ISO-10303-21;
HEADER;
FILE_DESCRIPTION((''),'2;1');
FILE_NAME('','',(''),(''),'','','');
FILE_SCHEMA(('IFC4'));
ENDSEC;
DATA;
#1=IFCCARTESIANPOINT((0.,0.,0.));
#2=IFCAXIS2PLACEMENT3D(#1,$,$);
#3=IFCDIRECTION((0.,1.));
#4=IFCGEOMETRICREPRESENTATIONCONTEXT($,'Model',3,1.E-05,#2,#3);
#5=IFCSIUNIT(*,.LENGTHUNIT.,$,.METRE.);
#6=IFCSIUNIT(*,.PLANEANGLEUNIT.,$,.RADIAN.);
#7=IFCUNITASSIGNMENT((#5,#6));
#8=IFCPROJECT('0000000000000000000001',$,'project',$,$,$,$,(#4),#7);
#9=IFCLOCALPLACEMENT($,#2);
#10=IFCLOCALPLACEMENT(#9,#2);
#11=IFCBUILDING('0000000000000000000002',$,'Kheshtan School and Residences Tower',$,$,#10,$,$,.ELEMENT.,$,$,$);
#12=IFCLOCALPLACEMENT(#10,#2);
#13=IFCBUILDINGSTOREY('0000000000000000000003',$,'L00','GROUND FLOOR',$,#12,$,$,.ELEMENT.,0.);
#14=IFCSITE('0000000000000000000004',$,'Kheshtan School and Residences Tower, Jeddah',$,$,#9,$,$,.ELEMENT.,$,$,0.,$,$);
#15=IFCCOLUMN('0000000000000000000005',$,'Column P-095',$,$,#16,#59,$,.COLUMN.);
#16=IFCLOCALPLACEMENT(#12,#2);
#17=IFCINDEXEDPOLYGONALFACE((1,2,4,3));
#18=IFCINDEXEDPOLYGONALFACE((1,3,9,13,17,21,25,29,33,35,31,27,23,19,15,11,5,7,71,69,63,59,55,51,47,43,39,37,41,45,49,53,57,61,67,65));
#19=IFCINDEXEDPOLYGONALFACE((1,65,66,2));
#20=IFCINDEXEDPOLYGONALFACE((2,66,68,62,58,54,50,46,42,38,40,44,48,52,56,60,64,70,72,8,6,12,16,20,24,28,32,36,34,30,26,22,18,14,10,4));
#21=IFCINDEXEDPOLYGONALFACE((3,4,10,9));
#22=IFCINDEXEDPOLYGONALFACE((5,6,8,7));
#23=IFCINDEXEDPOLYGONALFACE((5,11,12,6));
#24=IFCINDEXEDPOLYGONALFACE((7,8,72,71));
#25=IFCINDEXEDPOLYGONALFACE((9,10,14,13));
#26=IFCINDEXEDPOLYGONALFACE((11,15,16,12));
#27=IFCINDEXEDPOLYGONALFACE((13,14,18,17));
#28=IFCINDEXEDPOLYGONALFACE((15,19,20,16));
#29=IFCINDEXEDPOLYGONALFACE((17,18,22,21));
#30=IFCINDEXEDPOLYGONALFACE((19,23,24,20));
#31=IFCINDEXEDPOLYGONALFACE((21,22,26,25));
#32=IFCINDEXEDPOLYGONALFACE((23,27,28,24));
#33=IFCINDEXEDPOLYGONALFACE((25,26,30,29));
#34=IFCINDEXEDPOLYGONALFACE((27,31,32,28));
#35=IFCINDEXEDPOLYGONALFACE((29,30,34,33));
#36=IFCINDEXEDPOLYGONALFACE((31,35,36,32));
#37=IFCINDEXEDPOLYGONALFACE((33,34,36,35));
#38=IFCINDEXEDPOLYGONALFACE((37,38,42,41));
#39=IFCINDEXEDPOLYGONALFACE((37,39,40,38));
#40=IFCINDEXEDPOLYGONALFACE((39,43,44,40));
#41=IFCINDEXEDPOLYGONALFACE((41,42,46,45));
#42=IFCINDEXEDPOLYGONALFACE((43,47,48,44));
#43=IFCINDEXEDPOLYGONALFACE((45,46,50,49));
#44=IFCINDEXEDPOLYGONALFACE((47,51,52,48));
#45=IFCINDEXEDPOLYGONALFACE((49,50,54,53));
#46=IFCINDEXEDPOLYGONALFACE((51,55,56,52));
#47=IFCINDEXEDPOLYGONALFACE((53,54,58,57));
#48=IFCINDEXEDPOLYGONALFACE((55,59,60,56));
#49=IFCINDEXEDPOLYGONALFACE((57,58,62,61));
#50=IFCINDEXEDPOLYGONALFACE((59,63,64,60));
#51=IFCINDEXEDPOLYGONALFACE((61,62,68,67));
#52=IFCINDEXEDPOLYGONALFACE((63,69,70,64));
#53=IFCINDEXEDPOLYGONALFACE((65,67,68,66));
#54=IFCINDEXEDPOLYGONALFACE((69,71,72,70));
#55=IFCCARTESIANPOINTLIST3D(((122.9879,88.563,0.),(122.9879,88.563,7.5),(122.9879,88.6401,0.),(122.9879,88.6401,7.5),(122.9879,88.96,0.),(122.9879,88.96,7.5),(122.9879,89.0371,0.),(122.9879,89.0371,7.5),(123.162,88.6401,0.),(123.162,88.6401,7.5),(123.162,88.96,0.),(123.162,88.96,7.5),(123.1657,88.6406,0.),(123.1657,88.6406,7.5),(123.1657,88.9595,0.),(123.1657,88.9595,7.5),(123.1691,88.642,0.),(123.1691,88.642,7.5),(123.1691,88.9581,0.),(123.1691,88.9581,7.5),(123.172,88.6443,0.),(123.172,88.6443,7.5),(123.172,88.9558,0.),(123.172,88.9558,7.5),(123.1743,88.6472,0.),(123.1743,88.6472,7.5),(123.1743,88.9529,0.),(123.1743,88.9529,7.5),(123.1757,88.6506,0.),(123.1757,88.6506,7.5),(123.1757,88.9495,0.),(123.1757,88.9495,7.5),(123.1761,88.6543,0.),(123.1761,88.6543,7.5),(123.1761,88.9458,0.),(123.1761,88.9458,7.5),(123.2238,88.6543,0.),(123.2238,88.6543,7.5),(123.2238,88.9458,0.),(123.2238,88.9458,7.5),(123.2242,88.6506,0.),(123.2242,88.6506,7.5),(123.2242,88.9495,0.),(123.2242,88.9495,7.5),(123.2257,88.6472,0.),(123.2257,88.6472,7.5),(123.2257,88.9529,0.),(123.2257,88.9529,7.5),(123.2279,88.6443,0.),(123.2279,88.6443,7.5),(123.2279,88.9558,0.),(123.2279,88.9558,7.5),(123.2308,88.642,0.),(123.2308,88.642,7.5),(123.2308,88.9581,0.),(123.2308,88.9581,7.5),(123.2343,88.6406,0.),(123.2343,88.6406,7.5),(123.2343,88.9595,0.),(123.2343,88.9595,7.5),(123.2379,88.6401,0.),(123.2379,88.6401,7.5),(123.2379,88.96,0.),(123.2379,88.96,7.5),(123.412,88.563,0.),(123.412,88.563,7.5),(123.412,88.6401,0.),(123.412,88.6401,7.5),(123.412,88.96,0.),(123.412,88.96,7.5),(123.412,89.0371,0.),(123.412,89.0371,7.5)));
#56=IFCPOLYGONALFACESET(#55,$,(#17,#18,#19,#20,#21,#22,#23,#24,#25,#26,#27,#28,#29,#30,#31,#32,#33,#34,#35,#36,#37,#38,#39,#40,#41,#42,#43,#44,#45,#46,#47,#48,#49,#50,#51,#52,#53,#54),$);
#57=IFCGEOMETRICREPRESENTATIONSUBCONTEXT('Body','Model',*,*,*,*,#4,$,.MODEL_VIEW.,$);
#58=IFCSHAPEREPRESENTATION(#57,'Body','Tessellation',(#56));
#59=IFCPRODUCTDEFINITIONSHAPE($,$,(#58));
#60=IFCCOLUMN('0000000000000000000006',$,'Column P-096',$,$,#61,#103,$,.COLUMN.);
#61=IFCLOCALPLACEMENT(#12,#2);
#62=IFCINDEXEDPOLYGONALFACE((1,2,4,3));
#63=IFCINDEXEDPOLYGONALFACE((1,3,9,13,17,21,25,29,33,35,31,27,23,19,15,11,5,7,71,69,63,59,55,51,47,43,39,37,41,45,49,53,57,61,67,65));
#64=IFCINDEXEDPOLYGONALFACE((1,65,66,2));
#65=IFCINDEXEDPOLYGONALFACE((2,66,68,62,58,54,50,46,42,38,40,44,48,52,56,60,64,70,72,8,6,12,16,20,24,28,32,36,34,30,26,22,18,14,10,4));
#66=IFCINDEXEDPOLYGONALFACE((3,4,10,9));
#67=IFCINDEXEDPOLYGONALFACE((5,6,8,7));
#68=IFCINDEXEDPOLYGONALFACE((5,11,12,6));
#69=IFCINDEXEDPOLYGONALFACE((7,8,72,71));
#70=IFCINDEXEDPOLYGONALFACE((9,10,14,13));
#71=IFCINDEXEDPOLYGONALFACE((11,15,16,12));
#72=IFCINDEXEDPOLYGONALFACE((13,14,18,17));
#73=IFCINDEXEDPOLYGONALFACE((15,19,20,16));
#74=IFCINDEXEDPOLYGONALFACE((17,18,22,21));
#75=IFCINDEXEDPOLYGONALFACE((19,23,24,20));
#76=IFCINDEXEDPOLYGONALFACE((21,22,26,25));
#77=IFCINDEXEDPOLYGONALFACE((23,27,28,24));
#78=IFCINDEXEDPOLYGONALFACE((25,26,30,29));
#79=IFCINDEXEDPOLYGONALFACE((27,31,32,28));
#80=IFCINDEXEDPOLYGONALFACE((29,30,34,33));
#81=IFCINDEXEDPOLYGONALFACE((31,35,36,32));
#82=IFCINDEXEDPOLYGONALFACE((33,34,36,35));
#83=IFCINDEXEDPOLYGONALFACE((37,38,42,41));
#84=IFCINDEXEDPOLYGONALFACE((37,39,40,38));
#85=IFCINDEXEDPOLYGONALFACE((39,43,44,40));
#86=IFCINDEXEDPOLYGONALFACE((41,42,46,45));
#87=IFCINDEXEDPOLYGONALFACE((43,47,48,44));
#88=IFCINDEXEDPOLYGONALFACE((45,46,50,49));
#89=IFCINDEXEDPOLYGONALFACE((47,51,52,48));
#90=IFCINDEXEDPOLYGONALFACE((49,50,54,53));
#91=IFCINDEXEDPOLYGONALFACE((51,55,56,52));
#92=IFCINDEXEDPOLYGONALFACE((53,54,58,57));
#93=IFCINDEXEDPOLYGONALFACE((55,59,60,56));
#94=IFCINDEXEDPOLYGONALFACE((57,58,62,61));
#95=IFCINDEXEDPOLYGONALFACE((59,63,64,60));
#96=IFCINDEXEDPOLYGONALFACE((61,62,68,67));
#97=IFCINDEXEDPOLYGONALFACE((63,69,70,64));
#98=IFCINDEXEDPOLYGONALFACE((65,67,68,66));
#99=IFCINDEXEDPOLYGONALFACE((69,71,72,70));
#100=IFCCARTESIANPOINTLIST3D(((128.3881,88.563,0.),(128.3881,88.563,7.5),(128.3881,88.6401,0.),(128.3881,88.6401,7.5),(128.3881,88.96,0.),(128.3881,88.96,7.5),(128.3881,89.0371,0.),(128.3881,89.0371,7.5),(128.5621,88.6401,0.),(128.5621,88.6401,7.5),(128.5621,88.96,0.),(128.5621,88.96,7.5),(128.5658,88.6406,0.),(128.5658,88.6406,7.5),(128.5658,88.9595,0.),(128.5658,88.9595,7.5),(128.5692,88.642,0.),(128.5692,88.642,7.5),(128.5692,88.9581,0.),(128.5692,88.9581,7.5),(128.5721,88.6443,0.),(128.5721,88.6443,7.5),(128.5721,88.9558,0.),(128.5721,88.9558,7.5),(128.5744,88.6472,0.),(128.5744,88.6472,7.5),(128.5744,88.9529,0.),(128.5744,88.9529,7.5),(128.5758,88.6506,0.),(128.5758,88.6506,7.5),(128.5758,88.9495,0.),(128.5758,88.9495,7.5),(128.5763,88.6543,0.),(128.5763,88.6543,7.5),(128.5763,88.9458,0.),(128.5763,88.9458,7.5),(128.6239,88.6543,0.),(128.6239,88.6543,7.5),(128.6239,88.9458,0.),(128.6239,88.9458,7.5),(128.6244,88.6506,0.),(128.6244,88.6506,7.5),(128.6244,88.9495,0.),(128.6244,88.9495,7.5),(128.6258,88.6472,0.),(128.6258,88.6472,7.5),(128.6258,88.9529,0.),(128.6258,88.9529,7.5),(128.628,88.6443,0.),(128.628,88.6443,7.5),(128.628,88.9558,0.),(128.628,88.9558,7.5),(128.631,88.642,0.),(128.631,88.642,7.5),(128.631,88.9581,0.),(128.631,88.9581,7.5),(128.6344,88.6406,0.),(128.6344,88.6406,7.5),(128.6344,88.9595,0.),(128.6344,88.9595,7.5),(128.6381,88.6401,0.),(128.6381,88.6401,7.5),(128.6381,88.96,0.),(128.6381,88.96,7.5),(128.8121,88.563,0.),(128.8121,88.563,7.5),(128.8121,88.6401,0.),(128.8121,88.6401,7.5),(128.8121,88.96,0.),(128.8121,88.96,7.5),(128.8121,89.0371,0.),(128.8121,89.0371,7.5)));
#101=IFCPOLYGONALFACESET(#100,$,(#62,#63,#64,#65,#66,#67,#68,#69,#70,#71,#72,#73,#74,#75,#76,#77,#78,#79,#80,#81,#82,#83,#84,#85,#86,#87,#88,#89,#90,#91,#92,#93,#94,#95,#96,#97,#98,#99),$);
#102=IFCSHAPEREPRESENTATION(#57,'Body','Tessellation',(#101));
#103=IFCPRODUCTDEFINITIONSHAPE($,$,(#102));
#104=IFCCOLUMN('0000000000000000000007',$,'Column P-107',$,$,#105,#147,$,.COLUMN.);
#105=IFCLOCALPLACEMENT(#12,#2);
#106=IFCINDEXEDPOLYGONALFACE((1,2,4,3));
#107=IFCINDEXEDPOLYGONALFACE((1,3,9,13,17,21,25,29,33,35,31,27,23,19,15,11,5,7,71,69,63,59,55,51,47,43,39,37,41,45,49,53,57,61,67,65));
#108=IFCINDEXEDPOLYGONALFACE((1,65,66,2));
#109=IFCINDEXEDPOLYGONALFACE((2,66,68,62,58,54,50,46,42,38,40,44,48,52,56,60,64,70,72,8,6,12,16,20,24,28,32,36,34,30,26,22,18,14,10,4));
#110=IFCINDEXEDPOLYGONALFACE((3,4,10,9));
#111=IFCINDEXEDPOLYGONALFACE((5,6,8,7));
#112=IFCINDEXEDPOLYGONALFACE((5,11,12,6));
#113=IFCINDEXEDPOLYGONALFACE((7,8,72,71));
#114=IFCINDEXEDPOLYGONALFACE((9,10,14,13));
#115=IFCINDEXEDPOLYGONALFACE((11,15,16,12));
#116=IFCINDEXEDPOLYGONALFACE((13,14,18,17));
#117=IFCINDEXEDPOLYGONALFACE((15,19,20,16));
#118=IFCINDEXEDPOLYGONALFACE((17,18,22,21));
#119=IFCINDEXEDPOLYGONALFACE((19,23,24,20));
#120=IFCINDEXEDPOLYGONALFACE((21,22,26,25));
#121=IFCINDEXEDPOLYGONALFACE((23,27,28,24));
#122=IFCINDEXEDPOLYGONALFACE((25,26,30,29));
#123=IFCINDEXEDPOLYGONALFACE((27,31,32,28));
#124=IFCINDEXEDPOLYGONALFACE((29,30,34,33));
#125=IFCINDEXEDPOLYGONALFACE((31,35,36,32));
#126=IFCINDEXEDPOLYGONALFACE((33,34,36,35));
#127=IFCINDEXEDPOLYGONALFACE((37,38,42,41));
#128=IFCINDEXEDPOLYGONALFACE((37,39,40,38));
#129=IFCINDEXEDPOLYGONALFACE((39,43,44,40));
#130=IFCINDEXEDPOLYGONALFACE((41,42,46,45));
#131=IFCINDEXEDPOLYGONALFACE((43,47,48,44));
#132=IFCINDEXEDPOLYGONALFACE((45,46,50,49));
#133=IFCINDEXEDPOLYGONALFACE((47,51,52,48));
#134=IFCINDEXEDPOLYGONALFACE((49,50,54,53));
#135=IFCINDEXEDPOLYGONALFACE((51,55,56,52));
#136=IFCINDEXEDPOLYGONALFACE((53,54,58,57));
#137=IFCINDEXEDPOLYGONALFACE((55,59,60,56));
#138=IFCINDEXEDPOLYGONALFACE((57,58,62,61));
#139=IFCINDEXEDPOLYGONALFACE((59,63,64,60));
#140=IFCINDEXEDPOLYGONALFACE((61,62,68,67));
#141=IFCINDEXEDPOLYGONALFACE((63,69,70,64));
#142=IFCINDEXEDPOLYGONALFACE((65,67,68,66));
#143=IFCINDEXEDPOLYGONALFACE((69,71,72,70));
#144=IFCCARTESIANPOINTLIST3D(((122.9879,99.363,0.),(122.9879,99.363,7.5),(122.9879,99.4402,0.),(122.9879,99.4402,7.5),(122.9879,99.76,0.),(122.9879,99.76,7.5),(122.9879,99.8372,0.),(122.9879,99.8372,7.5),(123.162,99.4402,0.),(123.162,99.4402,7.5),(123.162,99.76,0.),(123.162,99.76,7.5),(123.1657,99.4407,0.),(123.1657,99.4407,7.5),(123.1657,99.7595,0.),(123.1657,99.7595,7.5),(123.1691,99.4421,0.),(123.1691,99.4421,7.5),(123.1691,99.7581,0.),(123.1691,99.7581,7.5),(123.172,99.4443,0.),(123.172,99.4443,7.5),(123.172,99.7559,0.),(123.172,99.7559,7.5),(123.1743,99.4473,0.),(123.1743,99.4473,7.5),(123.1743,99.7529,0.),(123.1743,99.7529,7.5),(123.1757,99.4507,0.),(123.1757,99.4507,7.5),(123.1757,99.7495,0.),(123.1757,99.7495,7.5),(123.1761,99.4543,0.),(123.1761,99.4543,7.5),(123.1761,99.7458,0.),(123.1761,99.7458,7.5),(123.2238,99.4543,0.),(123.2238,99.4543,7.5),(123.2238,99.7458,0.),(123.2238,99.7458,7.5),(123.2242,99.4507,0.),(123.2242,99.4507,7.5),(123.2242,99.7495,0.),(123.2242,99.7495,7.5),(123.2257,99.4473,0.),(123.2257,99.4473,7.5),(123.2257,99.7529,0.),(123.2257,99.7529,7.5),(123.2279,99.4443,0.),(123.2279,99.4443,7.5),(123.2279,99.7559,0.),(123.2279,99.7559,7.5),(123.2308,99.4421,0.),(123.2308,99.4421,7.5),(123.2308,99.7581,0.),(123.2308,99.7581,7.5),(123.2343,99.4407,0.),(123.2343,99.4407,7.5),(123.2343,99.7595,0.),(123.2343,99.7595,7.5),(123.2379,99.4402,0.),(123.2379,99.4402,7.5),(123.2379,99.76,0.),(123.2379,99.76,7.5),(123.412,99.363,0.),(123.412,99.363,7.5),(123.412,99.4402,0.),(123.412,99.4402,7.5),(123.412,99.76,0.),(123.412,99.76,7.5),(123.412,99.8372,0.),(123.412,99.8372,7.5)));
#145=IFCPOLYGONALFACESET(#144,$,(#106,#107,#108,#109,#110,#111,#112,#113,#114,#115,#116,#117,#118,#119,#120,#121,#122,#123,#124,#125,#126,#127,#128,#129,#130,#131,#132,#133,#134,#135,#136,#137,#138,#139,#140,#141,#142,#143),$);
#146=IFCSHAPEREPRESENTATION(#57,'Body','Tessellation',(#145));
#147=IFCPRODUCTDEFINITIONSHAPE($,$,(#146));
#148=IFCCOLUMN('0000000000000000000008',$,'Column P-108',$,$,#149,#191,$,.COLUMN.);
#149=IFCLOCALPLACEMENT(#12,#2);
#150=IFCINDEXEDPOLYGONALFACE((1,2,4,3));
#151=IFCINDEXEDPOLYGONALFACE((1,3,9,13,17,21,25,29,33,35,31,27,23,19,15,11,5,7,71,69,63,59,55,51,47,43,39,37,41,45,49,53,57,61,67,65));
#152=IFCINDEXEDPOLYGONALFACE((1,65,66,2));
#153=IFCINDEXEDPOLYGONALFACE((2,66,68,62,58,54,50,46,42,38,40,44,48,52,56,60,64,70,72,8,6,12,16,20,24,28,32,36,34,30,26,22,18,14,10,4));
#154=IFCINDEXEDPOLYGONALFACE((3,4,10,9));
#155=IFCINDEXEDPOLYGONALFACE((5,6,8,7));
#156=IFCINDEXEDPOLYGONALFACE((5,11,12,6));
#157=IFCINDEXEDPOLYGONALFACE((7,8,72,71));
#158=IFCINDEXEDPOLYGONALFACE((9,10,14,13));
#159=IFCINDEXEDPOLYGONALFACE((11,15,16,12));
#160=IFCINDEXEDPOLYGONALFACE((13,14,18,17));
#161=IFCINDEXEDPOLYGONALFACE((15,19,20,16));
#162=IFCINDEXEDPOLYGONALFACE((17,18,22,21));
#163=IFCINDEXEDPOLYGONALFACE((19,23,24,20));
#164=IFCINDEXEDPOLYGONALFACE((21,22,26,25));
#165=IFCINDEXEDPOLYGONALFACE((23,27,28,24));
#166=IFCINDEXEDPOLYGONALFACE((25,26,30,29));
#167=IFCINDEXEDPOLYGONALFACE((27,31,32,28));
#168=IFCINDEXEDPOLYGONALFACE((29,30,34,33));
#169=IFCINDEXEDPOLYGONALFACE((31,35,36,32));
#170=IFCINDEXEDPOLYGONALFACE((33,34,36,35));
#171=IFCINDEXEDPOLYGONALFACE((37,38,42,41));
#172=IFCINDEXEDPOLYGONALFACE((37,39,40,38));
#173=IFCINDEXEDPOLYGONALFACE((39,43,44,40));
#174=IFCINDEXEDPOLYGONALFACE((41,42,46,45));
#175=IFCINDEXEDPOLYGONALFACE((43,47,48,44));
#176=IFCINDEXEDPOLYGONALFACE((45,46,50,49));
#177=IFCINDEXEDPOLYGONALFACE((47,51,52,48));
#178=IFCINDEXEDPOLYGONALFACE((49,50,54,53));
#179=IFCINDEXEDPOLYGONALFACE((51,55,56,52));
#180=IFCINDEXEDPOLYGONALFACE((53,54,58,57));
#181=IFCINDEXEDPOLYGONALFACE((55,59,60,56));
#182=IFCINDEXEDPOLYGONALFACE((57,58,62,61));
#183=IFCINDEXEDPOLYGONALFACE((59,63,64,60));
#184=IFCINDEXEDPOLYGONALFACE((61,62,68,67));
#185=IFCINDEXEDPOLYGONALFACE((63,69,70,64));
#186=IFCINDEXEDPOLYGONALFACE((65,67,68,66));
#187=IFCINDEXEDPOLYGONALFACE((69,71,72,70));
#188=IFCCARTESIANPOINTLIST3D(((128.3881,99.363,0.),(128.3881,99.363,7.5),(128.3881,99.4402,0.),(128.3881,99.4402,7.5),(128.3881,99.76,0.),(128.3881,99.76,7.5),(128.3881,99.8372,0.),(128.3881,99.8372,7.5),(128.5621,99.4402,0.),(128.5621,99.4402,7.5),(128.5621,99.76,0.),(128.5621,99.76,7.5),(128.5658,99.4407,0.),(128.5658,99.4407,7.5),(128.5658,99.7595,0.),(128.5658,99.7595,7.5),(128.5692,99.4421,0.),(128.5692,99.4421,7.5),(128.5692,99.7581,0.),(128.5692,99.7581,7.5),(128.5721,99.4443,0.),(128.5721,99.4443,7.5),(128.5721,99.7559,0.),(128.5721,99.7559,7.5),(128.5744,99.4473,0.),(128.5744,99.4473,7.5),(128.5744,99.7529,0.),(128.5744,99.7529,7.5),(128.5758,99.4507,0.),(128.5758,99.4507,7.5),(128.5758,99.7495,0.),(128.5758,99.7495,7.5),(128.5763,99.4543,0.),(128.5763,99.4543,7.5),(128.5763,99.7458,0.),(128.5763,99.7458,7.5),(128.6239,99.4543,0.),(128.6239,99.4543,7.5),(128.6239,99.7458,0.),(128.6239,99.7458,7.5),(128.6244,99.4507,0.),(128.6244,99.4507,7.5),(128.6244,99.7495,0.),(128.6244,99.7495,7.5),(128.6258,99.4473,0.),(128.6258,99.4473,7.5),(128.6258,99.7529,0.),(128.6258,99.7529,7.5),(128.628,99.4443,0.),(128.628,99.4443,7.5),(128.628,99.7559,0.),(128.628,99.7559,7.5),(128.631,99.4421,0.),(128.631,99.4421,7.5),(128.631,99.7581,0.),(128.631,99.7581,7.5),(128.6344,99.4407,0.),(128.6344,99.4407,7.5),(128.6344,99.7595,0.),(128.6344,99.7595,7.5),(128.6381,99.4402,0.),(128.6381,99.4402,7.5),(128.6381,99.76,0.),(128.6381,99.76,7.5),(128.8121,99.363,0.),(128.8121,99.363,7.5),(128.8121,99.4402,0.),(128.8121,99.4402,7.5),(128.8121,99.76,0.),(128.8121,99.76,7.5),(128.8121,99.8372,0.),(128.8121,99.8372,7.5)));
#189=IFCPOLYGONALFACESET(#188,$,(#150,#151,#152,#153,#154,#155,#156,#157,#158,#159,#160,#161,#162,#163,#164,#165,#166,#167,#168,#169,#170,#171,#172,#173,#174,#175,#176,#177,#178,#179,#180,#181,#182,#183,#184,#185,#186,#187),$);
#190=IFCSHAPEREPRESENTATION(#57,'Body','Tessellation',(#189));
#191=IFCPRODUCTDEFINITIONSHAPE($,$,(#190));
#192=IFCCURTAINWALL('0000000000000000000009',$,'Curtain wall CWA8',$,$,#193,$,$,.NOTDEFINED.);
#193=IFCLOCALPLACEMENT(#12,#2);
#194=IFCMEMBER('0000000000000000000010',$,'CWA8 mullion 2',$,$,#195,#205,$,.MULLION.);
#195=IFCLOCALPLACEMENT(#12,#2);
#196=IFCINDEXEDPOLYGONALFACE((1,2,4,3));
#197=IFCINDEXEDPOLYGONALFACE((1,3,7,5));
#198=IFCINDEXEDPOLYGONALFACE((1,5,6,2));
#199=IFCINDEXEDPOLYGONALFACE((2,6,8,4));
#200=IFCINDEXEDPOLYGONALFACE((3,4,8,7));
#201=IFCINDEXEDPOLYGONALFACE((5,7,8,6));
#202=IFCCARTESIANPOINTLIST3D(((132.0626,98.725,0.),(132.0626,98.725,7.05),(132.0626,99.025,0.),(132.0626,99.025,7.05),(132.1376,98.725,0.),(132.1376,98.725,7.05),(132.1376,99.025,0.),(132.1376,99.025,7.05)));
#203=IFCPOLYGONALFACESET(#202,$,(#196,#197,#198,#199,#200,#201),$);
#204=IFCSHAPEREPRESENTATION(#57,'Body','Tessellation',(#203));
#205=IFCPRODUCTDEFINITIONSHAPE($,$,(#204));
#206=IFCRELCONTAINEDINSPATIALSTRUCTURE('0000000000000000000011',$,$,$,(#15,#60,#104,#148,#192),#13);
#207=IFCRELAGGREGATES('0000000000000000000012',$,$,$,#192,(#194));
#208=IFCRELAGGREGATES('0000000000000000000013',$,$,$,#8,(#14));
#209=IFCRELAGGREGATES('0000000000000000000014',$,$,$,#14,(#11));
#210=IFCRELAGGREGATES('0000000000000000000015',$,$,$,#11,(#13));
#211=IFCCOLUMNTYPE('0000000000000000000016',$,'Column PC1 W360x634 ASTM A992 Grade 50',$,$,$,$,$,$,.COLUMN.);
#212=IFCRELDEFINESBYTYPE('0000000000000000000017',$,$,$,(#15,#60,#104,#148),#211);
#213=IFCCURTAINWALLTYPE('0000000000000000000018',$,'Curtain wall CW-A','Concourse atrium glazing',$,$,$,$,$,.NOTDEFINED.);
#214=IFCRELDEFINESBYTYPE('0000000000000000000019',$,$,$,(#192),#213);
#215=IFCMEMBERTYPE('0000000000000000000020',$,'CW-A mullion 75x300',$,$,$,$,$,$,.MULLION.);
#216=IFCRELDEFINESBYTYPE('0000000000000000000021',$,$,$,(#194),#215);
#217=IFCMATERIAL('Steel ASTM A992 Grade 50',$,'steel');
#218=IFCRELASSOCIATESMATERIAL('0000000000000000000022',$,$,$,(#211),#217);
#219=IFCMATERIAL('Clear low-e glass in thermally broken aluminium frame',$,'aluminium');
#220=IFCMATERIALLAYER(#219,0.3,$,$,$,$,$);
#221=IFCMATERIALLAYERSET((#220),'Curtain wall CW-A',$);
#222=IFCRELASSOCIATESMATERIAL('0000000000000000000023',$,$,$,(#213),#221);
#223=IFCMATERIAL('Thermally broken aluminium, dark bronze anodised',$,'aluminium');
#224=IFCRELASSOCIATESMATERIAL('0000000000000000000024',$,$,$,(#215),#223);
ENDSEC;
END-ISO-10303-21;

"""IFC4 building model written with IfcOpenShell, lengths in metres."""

from ifc_helpers import new_model, si_unit, direction, frame, origin, origin_2d, place, context, subcontext, project, spatial, rectangle, i_section, extrude, material, layer, layer_set, material_profile, profile_set, type_object, element, aggregate, save


model = new_model("IFC4")

# Units and contexts
model_context = context("Model", 3, precision=1e-05, world=origin(), true_north=direction((0.0, 1.0)))
body_context = subcontext(model_context, "Body", "Model", "MODEL_VIEW")
ifc_project = project(units=[si_unit("LENGTHUNIT", "METRE"), si_unit("PLANEANGLEUNIT", "RADIAN")], contexts=[model_context])

# Site, building, storey
site_placement = place(None, origin())
site = spatial("IfcSite", under=ifc_project, at=site_placement, Name="Kheshtan School and Residences Tower, Jeddah", CompositionType="ELEMENT", RefElevation=0.0)
building_placement = place(site_placement, origin())
building = spatial("IfcBuilding", under=site, at=building_placement, Name="Kheshtan School and Residences Tower", CompositionType="ELEMENT")
storey_placement = place(building_placement, origin())
storey = spatial("IfcBuildingStorey", under=building, at=storey_placement, Name="L00", Description="GROUND FLOOR", CompositionType="ELEMENT", Elevation=0.0)

# Columns
ifc_material_1 = material(Name="Steel ASTM A992 Grade 50", Category="steel")
ifc_material_profile_1 = material_profile(ifc_material_1, i_section(OverallWidth=0.4241, OverallDepth=0.4741, WebThickness=0.0476, FlangeThickness=0.0771, FilletRadius=0.0142, at=origin_2d()), Name="W360x634")
ifc_profile_set_1 = profile_set([ifc_material_profile_1], Name="Steel ASTM A992 Grade 50")
column_type = type_object("IfcColumnType", Name="Column PC1 W360x634 ASTM A992 Grade 50", PredefinedType="COLUMN", material=ifc_profile_set_1)
for number, where, z_axis, x_axis, name in (
    (1, (123.2, 88.8, 0.0), (0.0, 0.0, 1.0), (1.0, 0.0, 0.0), "Column P-095"),
    (2, (128.6001, 88.8, 0.0), (0.0, 0.0, 1.0), (1.0, 0.0, 0.0), "Column P-096"),
    (3, (123.2, 99.6001, 0.0), (0.0, 0.0, 1.0), (1.0, 0.0, 0.0), "Column P-107"),
    (4, (128.6001, 99.6001, 0.0), (0.0, 0.0, 1.0), (1.0, 0.0, 0.0), "Column P-108"),
):
    element("IfcColumn", number, at=place(storey_placement, frame(where, z_axis=z_axis, x_axis=x_axis)), inside=storey, type_object=column_type, Name=name, PredefinedType="COLUMN", context=body_context, shape_type="SweptSolid", body=[
        extrude(i_section(OverallWidth=0.4241, OverallDepth=0.4741, WebThickness=0.0476, FlangeThickness=0.0771, FilletRadius=0.0142, at=origin_2d()), origin(), (0.0, 0.0, 1.0), 7.5),
    ])

# Curtain wall, member
ifc_material_2 = material(Name="Clear low-e glass in thermally broken aluminium frame", Category="aluminium")
ifc_layer_1 = layer(ifc_material_2, 0.3)
ifc_layer_set_1 = layer_set([ifc_layer_1], Name="Curtain wall CW-A")
curtain_wall_type = type_object("IfcCurtainWallType", Name="Curtain wall CW-A", Description="Concourse atrium glazing", PredefinedType="NOTDEFINED", material=ifc_layer_set_1)
curtain_wall_placement = place(storey_placement, origin())
curtain_wall = element("IfcCurtainWall", 5, at=curtain_wall_placement, inside=storey, type_object=curtain_wall_type, Name="Curtain wall CWA8", PredefinedType="NOTDEFINED")
ifc_material_3 = material(Name="Thermally broken aluminium, dark bronze anodised", Category="aluminium")
ifc_material_profile_2 = material_profile(ifc_material_3, rectangle(XDim=0.075, YDim=0.3, at=origin_2d()), Name="CW-A mullion 75x300")
ifc_profile_set_2 = profile_set([ifc_material_profile_2], Name="Thermally broken aluminium, dark bronze anodised")
member_type_1 = type_object("IfcMemberType", Name="CW-A mullion 75x300", PredefinedType="MULLION", material=ifc_profile_set_2)
member_1_placement = place(storey_placement, frame((132.1001, 98.875, 0.0), z_axis=(0.0, 0.0, 1.0), x_axis=(1.0, 0.0, 0.0)))
member_1 = element("IfcMember", 6, at=member_1_placement, type_object=member_type_1, Name="CWA8 mullion 2", PredefinedType="MULLION", context=body_context, shape_type="SweptSolid", body=[
    extrude(rectangle(XDim=0.075, YDim=0.3, at=origin_2d()), origin(), (0.0, 0.0, 1.0), 7.05),
])
aggregate(curtain_wall, [member_1])

save(model, "model.ifc")
